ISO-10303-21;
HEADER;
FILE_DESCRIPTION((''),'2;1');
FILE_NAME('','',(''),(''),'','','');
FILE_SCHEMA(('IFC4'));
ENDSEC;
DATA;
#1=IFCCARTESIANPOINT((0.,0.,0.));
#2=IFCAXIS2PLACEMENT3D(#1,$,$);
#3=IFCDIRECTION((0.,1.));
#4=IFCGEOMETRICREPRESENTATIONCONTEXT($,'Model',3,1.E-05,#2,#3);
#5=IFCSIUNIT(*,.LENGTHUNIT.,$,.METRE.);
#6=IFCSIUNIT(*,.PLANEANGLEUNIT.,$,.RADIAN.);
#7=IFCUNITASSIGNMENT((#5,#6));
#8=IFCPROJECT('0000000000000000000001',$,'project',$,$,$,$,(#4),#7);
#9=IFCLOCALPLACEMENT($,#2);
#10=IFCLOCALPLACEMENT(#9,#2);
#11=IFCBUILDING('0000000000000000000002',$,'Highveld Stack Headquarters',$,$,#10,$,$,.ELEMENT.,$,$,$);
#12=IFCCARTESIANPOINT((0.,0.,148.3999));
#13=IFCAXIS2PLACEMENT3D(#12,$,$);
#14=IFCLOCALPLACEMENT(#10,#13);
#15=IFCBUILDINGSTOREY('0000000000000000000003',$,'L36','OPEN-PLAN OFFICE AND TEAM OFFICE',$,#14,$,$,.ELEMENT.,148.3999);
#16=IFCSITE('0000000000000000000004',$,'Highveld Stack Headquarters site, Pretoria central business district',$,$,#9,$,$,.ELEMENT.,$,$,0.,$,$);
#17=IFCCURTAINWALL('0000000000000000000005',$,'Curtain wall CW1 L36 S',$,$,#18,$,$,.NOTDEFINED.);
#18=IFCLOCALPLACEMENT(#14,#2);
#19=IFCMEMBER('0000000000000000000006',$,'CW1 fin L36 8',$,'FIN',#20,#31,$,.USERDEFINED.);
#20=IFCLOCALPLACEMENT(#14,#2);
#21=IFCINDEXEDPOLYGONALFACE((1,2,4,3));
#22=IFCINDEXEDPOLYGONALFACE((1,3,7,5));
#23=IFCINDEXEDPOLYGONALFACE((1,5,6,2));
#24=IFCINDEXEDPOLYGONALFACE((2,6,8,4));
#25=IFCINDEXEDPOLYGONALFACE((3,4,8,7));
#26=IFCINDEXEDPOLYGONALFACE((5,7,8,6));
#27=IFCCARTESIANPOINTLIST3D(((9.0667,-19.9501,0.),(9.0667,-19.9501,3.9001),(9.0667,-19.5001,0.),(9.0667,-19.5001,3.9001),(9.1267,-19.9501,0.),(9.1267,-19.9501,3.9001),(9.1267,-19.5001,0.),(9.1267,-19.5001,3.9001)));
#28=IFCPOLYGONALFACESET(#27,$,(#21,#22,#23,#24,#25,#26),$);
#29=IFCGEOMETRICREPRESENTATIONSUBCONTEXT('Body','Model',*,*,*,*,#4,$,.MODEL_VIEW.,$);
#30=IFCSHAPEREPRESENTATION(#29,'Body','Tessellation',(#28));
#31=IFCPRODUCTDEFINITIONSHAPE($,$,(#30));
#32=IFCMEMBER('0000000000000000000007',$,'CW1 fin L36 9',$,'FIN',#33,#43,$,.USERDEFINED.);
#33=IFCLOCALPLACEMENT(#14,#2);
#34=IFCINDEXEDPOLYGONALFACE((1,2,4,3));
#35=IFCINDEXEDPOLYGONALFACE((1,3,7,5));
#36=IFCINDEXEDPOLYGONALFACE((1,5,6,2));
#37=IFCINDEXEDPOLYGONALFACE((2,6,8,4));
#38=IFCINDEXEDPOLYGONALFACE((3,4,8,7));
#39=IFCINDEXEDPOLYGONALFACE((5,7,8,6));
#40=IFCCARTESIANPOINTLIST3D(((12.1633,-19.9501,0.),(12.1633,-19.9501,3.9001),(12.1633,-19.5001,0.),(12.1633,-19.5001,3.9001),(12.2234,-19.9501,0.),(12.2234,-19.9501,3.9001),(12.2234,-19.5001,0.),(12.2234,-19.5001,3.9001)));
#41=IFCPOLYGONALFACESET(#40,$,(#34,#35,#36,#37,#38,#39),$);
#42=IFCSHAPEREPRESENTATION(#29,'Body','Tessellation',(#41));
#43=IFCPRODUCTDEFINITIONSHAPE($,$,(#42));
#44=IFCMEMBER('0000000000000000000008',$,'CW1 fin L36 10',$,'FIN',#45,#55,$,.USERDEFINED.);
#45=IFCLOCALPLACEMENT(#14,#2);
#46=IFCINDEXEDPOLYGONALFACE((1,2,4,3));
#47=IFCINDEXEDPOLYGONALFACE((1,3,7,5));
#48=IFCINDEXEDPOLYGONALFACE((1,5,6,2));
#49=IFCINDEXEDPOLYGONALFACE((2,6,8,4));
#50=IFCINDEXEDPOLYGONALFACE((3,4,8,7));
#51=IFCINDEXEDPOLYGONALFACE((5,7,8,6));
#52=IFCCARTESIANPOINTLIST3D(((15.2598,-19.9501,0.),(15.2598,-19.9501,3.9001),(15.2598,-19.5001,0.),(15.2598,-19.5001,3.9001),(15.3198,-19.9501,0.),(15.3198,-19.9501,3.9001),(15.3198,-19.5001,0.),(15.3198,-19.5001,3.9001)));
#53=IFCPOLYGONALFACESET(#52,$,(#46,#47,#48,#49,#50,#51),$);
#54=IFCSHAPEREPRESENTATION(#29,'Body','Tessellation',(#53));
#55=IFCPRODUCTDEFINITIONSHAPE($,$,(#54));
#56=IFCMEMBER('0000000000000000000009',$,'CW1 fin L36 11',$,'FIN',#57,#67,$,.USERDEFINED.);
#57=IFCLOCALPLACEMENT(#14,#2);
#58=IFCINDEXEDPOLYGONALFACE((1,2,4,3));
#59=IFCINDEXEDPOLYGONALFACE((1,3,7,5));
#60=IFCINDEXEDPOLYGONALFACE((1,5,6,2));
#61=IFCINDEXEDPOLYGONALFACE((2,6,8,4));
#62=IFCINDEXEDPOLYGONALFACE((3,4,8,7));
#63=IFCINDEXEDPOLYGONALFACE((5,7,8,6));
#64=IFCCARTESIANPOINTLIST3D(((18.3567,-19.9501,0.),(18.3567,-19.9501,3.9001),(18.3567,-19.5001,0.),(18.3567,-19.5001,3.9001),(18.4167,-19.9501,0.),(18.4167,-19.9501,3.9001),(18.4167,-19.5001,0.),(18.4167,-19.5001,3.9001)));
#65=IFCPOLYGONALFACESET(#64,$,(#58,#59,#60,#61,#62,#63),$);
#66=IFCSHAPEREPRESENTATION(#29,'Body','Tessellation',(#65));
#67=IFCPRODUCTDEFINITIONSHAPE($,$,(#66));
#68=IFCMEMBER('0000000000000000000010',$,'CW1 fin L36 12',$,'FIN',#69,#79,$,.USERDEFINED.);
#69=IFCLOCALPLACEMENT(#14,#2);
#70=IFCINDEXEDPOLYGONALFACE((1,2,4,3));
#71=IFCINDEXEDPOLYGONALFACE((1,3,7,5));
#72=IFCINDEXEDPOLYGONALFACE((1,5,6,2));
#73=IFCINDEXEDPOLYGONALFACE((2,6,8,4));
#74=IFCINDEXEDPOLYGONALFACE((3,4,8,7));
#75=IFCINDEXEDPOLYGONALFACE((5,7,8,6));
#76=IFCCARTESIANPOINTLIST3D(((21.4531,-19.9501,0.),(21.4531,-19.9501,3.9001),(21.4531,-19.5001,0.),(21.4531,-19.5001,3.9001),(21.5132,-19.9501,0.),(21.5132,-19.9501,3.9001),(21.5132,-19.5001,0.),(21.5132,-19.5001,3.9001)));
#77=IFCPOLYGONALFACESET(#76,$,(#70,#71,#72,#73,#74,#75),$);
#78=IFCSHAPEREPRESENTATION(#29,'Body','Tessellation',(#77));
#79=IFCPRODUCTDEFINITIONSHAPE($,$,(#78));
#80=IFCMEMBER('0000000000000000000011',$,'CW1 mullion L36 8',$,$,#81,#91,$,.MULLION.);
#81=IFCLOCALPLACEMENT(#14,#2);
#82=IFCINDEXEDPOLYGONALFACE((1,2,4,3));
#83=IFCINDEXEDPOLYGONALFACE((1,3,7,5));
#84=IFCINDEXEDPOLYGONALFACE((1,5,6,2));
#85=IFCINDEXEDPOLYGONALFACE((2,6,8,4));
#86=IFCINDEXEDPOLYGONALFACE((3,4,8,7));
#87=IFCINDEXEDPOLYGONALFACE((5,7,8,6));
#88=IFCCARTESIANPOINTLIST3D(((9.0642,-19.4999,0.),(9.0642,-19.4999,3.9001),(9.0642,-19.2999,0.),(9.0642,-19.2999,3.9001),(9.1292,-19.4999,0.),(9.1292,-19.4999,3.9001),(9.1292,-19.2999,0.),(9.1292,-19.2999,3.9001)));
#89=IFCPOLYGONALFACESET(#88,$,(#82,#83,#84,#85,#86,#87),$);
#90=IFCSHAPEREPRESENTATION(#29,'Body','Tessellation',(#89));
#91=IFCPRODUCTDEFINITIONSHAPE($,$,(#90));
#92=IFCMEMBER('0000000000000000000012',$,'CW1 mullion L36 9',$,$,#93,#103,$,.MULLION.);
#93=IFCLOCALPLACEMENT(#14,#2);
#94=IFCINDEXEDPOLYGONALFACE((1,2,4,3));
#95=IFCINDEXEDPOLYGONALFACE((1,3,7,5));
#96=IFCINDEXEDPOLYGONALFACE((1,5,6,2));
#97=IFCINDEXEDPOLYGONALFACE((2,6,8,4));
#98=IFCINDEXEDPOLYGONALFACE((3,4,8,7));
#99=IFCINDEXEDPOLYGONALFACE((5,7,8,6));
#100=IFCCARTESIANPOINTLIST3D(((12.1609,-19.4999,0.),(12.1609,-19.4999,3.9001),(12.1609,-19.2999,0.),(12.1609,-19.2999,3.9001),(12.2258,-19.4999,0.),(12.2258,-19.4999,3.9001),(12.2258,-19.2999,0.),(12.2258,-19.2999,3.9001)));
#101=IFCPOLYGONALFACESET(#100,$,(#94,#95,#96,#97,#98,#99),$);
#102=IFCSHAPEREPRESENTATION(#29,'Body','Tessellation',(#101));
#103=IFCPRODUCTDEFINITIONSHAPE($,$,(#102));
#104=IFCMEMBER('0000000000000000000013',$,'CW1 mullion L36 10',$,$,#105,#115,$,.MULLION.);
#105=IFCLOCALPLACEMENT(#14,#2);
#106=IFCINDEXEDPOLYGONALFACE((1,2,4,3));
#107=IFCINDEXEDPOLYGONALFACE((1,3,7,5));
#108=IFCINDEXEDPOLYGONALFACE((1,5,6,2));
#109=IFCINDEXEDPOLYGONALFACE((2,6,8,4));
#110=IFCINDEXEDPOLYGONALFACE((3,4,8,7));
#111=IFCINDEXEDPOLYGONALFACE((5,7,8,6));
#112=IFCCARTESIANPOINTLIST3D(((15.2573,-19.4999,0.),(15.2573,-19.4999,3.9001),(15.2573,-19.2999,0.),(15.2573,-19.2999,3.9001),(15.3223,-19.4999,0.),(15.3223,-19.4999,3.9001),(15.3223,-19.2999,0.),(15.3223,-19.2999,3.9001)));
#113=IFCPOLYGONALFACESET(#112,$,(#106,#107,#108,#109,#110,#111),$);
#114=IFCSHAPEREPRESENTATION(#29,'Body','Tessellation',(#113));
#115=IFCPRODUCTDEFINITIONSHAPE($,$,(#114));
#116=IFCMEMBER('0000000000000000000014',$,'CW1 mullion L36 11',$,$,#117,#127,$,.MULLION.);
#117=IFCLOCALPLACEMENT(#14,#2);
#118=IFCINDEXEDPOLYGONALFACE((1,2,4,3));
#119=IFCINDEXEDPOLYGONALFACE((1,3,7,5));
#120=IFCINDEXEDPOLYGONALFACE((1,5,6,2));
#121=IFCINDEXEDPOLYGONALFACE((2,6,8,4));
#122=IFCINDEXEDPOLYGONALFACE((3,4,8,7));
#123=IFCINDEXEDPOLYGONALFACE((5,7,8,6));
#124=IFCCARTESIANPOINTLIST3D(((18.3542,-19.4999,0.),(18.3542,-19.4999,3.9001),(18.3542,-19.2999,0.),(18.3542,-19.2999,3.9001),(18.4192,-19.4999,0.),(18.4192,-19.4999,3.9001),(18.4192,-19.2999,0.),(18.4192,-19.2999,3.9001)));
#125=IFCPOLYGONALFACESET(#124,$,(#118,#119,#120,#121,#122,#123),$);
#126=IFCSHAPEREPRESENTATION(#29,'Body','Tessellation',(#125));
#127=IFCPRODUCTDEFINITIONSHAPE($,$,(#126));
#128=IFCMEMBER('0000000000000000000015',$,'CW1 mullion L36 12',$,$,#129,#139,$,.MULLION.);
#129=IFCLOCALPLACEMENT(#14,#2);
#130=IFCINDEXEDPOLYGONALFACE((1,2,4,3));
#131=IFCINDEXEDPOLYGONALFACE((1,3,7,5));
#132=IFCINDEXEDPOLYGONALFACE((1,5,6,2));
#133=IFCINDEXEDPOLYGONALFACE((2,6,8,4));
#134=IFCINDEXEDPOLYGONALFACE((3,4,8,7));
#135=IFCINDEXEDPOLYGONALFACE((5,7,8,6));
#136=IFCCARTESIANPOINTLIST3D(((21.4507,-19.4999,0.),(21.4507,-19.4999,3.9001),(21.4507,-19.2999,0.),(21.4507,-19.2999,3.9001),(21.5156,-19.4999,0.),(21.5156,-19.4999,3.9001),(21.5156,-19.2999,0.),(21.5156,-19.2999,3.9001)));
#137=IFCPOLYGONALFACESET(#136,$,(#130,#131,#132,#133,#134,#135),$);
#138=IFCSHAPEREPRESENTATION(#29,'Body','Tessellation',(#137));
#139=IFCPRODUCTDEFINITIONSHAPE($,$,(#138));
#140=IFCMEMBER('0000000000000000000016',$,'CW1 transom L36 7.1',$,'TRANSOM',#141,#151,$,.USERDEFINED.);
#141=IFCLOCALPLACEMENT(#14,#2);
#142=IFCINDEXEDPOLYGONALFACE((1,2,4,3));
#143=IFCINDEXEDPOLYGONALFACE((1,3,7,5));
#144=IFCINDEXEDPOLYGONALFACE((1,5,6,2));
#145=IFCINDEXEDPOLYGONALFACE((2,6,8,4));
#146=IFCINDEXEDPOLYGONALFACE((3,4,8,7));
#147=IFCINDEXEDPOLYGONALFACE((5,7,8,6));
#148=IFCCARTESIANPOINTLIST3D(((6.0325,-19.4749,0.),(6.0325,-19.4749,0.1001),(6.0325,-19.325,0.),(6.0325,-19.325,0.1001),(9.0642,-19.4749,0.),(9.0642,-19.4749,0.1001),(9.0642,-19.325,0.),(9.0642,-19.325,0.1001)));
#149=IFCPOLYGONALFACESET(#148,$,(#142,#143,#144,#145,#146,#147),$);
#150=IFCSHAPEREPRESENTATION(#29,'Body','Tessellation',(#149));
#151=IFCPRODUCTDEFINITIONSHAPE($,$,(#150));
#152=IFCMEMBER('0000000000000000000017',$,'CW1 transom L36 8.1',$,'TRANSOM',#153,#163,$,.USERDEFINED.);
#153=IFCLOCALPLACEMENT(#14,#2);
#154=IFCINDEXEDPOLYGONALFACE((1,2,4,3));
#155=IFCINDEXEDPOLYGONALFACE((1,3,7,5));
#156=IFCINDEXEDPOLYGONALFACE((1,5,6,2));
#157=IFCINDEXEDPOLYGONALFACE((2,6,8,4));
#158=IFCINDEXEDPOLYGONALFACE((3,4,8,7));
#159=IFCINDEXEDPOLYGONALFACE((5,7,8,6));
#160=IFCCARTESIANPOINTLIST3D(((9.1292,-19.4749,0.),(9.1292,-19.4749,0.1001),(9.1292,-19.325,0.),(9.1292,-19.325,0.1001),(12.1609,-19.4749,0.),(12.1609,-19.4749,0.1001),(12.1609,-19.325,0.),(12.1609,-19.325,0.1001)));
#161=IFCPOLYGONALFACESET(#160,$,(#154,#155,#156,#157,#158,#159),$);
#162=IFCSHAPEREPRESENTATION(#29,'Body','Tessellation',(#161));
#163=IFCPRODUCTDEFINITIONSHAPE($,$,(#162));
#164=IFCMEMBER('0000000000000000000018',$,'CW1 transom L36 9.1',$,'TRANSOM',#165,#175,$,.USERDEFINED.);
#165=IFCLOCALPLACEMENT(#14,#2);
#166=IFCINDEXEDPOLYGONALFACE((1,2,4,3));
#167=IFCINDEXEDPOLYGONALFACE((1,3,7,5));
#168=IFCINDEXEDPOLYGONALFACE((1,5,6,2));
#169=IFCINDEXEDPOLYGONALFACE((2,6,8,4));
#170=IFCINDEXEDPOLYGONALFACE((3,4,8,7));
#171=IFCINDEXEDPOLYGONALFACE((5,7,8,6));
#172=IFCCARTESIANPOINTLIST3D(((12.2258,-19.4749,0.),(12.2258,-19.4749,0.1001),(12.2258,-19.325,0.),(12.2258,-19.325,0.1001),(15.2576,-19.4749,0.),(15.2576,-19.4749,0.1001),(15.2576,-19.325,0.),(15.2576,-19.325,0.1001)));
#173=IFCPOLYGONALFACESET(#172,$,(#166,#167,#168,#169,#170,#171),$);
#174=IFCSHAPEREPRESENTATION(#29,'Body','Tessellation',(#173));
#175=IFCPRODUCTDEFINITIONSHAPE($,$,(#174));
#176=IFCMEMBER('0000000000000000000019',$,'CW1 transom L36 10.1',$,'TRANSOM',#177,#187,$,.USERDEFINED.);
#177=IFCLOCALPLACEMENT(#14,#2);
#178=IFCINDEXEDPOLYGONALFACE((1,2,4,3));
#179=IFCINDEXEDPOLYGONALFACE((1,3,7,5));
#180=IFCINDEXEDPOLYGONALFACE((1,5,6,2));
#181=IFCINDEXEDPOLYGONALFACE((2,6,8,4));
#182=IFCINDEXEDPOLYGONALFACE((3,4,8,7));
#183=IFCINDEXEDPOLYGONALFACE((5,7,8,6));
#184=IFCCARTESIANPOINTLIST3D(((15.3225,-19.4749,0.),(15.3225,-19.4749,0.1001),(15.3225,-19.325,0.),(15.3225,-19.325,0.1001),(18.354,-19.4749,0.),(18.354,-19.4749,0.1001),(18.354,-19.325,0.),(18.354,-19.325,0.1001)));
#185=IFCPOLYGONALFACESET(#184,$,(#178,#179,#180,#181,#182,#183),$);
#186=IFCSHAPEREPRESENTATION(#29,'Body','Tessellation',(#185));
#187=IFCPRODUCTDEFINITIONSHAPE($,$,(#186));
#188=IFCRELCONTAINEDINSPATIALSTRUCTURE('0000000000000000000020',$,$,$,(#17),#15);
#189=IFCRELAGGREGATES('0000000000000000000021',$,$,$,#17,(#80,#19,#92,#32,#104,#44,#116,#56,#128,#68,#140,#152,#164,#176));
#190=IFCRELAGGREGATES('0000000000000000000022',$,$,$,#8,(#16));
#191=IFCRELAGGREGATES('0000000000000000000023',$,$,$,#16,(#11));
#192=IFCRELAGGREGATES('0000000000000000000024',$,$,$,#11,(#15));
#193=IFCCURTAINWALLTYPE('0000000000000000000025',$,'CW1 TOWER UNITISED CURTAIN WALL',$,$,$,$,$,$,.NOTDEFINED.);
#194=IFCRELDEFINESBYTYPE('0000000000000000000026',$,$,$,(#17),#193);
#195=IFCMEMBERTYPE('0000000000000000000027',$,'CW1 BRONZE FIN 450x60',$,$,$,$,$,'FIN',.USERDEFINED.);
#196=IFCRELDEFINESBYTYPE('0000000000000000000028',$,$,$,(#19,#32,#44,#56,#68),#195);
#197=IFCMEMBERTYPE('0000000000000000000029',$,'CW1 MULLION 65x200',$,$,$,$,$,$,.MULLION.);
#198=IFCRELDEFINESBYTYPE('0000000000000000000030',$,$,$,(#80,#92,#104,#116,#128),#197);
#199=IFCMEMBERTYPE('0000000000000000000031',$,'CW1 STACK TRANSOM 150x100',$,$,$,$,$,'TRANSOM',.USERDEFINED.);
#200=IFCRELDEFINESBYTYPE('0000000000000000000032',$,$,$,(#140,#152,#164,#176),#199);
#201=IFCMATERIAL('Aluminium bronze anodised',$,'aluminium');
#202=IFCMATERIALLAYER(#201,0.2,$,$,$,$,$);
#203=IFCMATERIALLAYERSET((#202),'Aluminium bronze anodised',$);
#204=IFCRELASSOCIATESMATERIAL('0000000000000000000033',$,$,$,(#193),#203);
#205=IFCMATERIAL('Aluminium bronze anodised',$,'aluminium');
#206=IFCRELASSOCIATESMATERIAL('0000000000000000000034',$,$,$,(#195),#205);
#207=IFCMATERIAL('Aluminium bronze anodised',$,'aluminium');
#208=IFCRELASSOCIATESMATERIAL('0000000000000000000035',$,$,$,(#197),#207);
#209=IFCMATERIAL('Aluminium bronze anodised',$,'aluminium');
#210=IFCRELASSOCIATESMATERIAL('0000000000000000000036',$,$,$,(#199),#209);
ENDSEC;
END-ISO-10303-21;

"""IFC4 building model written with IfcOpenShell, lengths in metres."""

from ifc_helpers import new_model, si_unit, direction, frame, origin, origin_2d, place, context, subcontext, project, spatial, rectangle, extrude, material, layer, layer_set, material_profile, profile_set, type_object, element, aggregate, save


model = new_model("IFC4")

# Units and contexts
model_context = context("Model", 3, precision=1e-05, world=origin(), true_north=direction((0.0, 1.0)))
body_context = subcontext(model_context, "Body", "Model", "MODEL_VIEW")
ifc_project = project(units=[si_unit("LENGTHUNIT", "METRE"), si_unit("PLANEANGLEUNIT", "RADIAN")], contexts=[model_context])

# Site, building, storey
site_placement = place(None, origin())
site = spatial("IfcSite", under=ifc_project, at=site_placement, Name="Highveld Stack Headquarters site, Pretoria central business district", CompositionType="ELEMENT", RefElevation=0.0)
building_placement = place(site_placement, origin())
building = spatial("IfcBuilding", under=site, at=building_placement, Name="Highveld Stack Headquarters", CompositionType="ELEMENT")
storey_placement = place(building_placement, frame((0.0, 0.0, 148.3999)))
storey = spatial("IfcBuildingStorey", under=building, at=storey_placement, Name="L36", Description="OPEN-PLAN OFFICE AND TEAM OFFICE", CompositionType="ELEMENT", Elevation=148.3999)

# Curtain wall, members
ifc_material_1 = material(Name="Aluminium bronze anodised", Category="aluminium")
ifc_layer_1 = layer(ifc_material_1, 0.2)
ifc_layer_set_1 = layer_set([ifc_layer_1], Name="Aluminium bronze anodised")
curtain_wall_type = type_object("IfcCurtainWallType", Name="CW1 TOWER UNITISED CURTAIN WALL", PredefinedType="NOTDEFINED", material=ifc_layer_set_1)
curtain_wall_placement = place(storey_placement, origin())
curtain_wall = element("IfcCurtainWall", 1, at=curtain_wall_placement, inside=storey, type_object=curtain_wall_type, Name="Curtain wall CW1 L36 S", PredefinedType="NOTDEFINED")
ifc_material_2 = material(Name="Aluminium bronze anodised", Category="aluminium")
ifc_material_profile_1 = material_profile(ifc_material_2, rectangle(XDim=0.45, YDim=0.0601, at=origin_2d()), Name="FIN 450x60")
ifc_profile_set_1 = profile_set([ifc_material_profile_1], Name="Aluminium bronze anodised")
member_type_1 = type_object("IfcMemberType", Name="CW1 BRONZE FIN 450x60", ElementType="FIN", PredefinedType="USERDEFINED", material=ifc_profile_set_1)
member_1_placement = place(storey_placement, frame((9.0967, -19.7251, 0.0), z_axis=(0.0, 0.0, 1.0), x_axis=(0.0, 1.0, 0.0)))
member_1 = element("IfcMember", 2, at=member_1_placement, type_object=member_type_1, Name="CW1 fin L36 8", ObjectType="FIN", PredefinedType="USERDEFINED", context=body_context, shape_type="SweptSolid", body=[
    extrude(rectangle(XDim=0.45, YDim=0.0601, at=origin_2d()), origin(), (0.0, 0.0, 1.0), 3.9001),
])
member_2_placement = place(storey_placement, frame((12.1934, -19.7251, 0.0), z_axis=(0.0, 0.0, 1.0), x_axis=(0.0, 1.0, 0.0)))
member_2 = element("IfcMember", 3, at=member_2_placement, type_object=member_type_1, Name="CW1 fin L36 9", ObjectType="FIN", PredefinedType="USERDEFINED", context=body_context, shape_type="SweptSolid", body=[
    extrude(rectangle(XDim=0.45, YDim=0.0601, at=origin_2d()), origin(), (0.0, 0.0, 1.0), 3.9001),
])
member_3_placement = place(storey_placement, frame((15.2898, -19.7251, 0.0), z_axis=(0.0, 0.0, 1.0), x_axis=(0.0, 1.0, 0.0)))
member_3 = element("IfcMember", 4, at=member_3_placement, type_object=member_type_1, Name="CW1 fin L36 10", ObjectType="FIN", PredefinedType="USERDEFINED", context=body_context, shape_type="SweptSolid", body=[
    extrude(rectangle(XDim=0.45, YDim=0.0601, at=origin_2d()), origin(), (0.0, 0.0, 1.0), 3.9001),
])
member_4_placement = place(storey_placement, frame((18.3867, -19.7251, 0.0), z_axis=(0.0, 0.0, 1.0), x_axis=(0.0, 1.0, 0.0)))
member_4 = element("IfcMember", 5, at=member_4_placement, type_object=member_type_1, Name="CW1 fin L36 11", ObjectType="FIN", PredefinedType="USERDEFINED", context=body_context, shape_type="SweptSolid", body=[
    extrude(rectangle(XDim=0.45, YDim=0.0601, at=origin_2d()), origin(), (0.0, 0.0, 1.0), 3.9001),
])
member_5_placement = place(storey_placement, frame((21.4832, -19.7251, 0.0), z_axis=(0.0, 0.0, 1.0), x_axis=(0.0, 1.0, 0.0)))
member_5 = element("IfcMember", 6, at=member_5_placement, type_object=member_type_1, Name="CW1 fin L36 12", ObjectType="FIN", PredefinedType="USERDEFINED", context=body_context, shape_type="SweptSolid", body=[
    extrude(rectangle(XDim=0.45, YDim=0.0601, at=origin_2d()), origin(), (0.0, 0.0, 1.0), 3.9001),
])
ifc_material_3 = material(Name="Aluminium bronze anodised", Category="aluminium")
ifc_material_profile_2 = material_profile(ifc_material_3, rectangle(XDim=0.2, YDim=0.0649, at=origin_2d()), Name="CW1 MULLION 65x200")
ifc_profile_set_2 = profile_set([ifc_material_profile_2], Name="Aluminium bronze anodised")
member_type_2 = type_object("IfcMemberType", Name="CW1 MULLION 65x200", PredefinedType="MULLION", material=ifc_profile_set_2)
member_6_placement = place(storey_placement, frame((9.0967, -19.3999, 0.0), z_axis=(0.0, 0.0, 1.0), x_axis=(0.0, 1.0, 0.0)))
member_6 = element("IfcMember", 7, at=member_6_placement, type_object=member_type_2, Name="CW1 mullion L36 8", PredefinedType="MULLION", context=body_context, shape_type="SweptSolid", body=[
    extrude(rectangle(XDim=0.2, YDim=0.0649, at=origin_2d()), origin(), (0.0, 0.0, 1.0), 3.9001),
])
member_7_placement = place(storey_placement, frame((12.1934, -19.3999, 0.0), z_axis=(0.0, 0.0, 1.0), x_axis=(0.0, 1.0, 0.0)))
member_7 = element("IfcMember", 8, at=member_7_placement, type_object=member_type_2, Name="CW1 mullion L36 9", PredefinedType="MULLION", context=body_context, shape_type="SweptSolid", body=[
    extrude(rectangle(XDim=0.2, YDim=0.0649, at=origin_2d()), origin(), (0.0, 0.0, 1.0), 3.9001),
])
member_8_placement = place(storey_placement, frame((15.2898, -19.3999, 0.0), z_axis=(0.0, 0.0, 1.0), x_axis=(0.0, 1.0, 0.0)))
member_8 = element("IfcMember", 9, at=member_8_placement, type_object=member_type_2, Name="CW1 mullion L36 10", PredefinedType="MULLION", context=body_context, shape_type="SweptSolid", body=[
    extrude(rectangle(XDim=0.2, YDim=0.0649, at=origin_2d()), origin(), (0.0, 0.0, 1.0), 3.9001),
])
member_9_placement = place(storey_placement, frame((18.3867, -19.3999, 0.0), z_axis=(0.0, 0.0, 1.0), x_axis=(0.0, 1.0, 0.0)))
member_9 = element("IfcMember", 10, at=member_9_placement, type_object=member_type_2, Name="CW1 mullion L36 11", PredefinedType="MULLION", context=body_context, shape_type="SweptSolid", body=[
    extrude(rectangle(XDim=0.2, YDim=0.0649, at=origin_2d()), origin(), (0.0, 0.0, 1.0), 3.9001),
])
member_10_placement = place(storey_placement, frame((21.4832, -19.3999, 0.0), z_axis=(0.0, 0.0, 1.0), x_axis=(0.0, 1.0, 0.0)))
member_10 = element("IfcMember", 11, at=member_10_placement, type_object=member_type_2, Name="CW1 mullion L36 12", PredefinedType="MULLION", context=body_context, shape_type="SweptSolid", body=[
    extrude(rectangle(XDim=0.2, YDim=0.0649, at=origin_2d()), origin(), (0.0, 0.0, 1.0), 3.9001),
])
ifc_material_4 = material(Name="Aluminium bronze anodised", Category="aluminium")
ifc_material_profile_3 = material_profile(ifc_material_4, rectangle(XDim=0.1499, YDim=0.1001, at=origin_2d()), Name="CW1 TRANSOM 150x100")
ifc_profile_set_3 = profile_set([ifc_material_profile_3], Name="Aluminium bronze anodised")
member_type_3 = type_object("IfcMemberType", Name="CW1 STACK TRANSOM 150x100", ElementType="TRANSOM", PredefinedType="USERDEFINED", material=ifc_profile_set_3)
member_11_placement = place(storey_placement, frame((6.0325, -19.3999, 0.05), z_axis=(1.0, 0.0, 0.0), x_axis=(0.0, 1.0, 0.0)))
member_11 = element("IfcMember", 12, at=member_11_placement, type_object=member_type_3, Name="CW1 transom L36 7.1", ObjectType="TRANSOM", PredefinedType="USERDEFINED", context=body_context, shape_type="SweptSolid", body=[
    extrude(rectangle(XDim=0.1499, YDim=0.1001, at=origin_2d()), origin(), (0.0, 0.0, 1.0), 3.0317),
])
member_12_placement = place(storey_placement, frame((9.1292, -19.3999, 0.05), z_axis=(1.0, 0.0, 0.0), x_axis=(0.0, 1.0, 0.0)))
member_12 = element("IfcMember", 13, at=member_12_placement, type_object=member_type_3, Name="CW1 transom L36 8.1", ObjectType="TRANSOM", PredefinedType="USERDEFINED", context=body_context, shape_type="SweptSolid", body=[
    extrude(rectangle(XDim=0.1499, YDim=0.1001, at=origin_2d()), origin(), (0.0, 0.0, 1.0), 3.0317),
])
member_13_placement = place(storey_placement, frame((12.2258, -19.3999, 0.05), z_axis=(1.0, 0.0, 0.0), x_axis=(0.0, 1.0, 0.0)))
member_13 = element("IfcMember", 14, at=member_13_placement, type_object=member_type_3, Name="CW1 transom L36 9.1", ObjectType="TRANSOM", PredefinedType="USERDEFINED", context=body_context, shape_type="SweptSolid", body=[
    extrude(rectangle(XDim=0.1499, YDim=0.1001, at=origin_2d()), origin(), (0.0, 0.0, 1.0), 3.0317),
])
member_14_placement = place(storey_placement, frame((15.3225, -19.3999, 0.05), z_axis=(1.0, 0.0, 0.0), x_axis=(0.0, 1.0, 0.0)))
member_14 = element("IfcMember", 15, at=member_14_placement, type_object=member_type_3, Name="CW1 transom L36 10.1", ObjectType="TRANSOM", PredefinedType="USERDEFINED", context=body_context, shape_type="SweptSolid", body=[
    extrude(rectangle(XDim=0.1499, YDim=0.1001, at=origin_2d()), origin(), (0.0, 0.0, 1.0), 3.0315),
])

aggregate(curtain_wall, [member_6, member_1, member_7, member_2, member_8, member_3, member_9, member_4, member_10, member_5, member_11, member_12, member_13, member_14])

save(model, "model.ifc")
